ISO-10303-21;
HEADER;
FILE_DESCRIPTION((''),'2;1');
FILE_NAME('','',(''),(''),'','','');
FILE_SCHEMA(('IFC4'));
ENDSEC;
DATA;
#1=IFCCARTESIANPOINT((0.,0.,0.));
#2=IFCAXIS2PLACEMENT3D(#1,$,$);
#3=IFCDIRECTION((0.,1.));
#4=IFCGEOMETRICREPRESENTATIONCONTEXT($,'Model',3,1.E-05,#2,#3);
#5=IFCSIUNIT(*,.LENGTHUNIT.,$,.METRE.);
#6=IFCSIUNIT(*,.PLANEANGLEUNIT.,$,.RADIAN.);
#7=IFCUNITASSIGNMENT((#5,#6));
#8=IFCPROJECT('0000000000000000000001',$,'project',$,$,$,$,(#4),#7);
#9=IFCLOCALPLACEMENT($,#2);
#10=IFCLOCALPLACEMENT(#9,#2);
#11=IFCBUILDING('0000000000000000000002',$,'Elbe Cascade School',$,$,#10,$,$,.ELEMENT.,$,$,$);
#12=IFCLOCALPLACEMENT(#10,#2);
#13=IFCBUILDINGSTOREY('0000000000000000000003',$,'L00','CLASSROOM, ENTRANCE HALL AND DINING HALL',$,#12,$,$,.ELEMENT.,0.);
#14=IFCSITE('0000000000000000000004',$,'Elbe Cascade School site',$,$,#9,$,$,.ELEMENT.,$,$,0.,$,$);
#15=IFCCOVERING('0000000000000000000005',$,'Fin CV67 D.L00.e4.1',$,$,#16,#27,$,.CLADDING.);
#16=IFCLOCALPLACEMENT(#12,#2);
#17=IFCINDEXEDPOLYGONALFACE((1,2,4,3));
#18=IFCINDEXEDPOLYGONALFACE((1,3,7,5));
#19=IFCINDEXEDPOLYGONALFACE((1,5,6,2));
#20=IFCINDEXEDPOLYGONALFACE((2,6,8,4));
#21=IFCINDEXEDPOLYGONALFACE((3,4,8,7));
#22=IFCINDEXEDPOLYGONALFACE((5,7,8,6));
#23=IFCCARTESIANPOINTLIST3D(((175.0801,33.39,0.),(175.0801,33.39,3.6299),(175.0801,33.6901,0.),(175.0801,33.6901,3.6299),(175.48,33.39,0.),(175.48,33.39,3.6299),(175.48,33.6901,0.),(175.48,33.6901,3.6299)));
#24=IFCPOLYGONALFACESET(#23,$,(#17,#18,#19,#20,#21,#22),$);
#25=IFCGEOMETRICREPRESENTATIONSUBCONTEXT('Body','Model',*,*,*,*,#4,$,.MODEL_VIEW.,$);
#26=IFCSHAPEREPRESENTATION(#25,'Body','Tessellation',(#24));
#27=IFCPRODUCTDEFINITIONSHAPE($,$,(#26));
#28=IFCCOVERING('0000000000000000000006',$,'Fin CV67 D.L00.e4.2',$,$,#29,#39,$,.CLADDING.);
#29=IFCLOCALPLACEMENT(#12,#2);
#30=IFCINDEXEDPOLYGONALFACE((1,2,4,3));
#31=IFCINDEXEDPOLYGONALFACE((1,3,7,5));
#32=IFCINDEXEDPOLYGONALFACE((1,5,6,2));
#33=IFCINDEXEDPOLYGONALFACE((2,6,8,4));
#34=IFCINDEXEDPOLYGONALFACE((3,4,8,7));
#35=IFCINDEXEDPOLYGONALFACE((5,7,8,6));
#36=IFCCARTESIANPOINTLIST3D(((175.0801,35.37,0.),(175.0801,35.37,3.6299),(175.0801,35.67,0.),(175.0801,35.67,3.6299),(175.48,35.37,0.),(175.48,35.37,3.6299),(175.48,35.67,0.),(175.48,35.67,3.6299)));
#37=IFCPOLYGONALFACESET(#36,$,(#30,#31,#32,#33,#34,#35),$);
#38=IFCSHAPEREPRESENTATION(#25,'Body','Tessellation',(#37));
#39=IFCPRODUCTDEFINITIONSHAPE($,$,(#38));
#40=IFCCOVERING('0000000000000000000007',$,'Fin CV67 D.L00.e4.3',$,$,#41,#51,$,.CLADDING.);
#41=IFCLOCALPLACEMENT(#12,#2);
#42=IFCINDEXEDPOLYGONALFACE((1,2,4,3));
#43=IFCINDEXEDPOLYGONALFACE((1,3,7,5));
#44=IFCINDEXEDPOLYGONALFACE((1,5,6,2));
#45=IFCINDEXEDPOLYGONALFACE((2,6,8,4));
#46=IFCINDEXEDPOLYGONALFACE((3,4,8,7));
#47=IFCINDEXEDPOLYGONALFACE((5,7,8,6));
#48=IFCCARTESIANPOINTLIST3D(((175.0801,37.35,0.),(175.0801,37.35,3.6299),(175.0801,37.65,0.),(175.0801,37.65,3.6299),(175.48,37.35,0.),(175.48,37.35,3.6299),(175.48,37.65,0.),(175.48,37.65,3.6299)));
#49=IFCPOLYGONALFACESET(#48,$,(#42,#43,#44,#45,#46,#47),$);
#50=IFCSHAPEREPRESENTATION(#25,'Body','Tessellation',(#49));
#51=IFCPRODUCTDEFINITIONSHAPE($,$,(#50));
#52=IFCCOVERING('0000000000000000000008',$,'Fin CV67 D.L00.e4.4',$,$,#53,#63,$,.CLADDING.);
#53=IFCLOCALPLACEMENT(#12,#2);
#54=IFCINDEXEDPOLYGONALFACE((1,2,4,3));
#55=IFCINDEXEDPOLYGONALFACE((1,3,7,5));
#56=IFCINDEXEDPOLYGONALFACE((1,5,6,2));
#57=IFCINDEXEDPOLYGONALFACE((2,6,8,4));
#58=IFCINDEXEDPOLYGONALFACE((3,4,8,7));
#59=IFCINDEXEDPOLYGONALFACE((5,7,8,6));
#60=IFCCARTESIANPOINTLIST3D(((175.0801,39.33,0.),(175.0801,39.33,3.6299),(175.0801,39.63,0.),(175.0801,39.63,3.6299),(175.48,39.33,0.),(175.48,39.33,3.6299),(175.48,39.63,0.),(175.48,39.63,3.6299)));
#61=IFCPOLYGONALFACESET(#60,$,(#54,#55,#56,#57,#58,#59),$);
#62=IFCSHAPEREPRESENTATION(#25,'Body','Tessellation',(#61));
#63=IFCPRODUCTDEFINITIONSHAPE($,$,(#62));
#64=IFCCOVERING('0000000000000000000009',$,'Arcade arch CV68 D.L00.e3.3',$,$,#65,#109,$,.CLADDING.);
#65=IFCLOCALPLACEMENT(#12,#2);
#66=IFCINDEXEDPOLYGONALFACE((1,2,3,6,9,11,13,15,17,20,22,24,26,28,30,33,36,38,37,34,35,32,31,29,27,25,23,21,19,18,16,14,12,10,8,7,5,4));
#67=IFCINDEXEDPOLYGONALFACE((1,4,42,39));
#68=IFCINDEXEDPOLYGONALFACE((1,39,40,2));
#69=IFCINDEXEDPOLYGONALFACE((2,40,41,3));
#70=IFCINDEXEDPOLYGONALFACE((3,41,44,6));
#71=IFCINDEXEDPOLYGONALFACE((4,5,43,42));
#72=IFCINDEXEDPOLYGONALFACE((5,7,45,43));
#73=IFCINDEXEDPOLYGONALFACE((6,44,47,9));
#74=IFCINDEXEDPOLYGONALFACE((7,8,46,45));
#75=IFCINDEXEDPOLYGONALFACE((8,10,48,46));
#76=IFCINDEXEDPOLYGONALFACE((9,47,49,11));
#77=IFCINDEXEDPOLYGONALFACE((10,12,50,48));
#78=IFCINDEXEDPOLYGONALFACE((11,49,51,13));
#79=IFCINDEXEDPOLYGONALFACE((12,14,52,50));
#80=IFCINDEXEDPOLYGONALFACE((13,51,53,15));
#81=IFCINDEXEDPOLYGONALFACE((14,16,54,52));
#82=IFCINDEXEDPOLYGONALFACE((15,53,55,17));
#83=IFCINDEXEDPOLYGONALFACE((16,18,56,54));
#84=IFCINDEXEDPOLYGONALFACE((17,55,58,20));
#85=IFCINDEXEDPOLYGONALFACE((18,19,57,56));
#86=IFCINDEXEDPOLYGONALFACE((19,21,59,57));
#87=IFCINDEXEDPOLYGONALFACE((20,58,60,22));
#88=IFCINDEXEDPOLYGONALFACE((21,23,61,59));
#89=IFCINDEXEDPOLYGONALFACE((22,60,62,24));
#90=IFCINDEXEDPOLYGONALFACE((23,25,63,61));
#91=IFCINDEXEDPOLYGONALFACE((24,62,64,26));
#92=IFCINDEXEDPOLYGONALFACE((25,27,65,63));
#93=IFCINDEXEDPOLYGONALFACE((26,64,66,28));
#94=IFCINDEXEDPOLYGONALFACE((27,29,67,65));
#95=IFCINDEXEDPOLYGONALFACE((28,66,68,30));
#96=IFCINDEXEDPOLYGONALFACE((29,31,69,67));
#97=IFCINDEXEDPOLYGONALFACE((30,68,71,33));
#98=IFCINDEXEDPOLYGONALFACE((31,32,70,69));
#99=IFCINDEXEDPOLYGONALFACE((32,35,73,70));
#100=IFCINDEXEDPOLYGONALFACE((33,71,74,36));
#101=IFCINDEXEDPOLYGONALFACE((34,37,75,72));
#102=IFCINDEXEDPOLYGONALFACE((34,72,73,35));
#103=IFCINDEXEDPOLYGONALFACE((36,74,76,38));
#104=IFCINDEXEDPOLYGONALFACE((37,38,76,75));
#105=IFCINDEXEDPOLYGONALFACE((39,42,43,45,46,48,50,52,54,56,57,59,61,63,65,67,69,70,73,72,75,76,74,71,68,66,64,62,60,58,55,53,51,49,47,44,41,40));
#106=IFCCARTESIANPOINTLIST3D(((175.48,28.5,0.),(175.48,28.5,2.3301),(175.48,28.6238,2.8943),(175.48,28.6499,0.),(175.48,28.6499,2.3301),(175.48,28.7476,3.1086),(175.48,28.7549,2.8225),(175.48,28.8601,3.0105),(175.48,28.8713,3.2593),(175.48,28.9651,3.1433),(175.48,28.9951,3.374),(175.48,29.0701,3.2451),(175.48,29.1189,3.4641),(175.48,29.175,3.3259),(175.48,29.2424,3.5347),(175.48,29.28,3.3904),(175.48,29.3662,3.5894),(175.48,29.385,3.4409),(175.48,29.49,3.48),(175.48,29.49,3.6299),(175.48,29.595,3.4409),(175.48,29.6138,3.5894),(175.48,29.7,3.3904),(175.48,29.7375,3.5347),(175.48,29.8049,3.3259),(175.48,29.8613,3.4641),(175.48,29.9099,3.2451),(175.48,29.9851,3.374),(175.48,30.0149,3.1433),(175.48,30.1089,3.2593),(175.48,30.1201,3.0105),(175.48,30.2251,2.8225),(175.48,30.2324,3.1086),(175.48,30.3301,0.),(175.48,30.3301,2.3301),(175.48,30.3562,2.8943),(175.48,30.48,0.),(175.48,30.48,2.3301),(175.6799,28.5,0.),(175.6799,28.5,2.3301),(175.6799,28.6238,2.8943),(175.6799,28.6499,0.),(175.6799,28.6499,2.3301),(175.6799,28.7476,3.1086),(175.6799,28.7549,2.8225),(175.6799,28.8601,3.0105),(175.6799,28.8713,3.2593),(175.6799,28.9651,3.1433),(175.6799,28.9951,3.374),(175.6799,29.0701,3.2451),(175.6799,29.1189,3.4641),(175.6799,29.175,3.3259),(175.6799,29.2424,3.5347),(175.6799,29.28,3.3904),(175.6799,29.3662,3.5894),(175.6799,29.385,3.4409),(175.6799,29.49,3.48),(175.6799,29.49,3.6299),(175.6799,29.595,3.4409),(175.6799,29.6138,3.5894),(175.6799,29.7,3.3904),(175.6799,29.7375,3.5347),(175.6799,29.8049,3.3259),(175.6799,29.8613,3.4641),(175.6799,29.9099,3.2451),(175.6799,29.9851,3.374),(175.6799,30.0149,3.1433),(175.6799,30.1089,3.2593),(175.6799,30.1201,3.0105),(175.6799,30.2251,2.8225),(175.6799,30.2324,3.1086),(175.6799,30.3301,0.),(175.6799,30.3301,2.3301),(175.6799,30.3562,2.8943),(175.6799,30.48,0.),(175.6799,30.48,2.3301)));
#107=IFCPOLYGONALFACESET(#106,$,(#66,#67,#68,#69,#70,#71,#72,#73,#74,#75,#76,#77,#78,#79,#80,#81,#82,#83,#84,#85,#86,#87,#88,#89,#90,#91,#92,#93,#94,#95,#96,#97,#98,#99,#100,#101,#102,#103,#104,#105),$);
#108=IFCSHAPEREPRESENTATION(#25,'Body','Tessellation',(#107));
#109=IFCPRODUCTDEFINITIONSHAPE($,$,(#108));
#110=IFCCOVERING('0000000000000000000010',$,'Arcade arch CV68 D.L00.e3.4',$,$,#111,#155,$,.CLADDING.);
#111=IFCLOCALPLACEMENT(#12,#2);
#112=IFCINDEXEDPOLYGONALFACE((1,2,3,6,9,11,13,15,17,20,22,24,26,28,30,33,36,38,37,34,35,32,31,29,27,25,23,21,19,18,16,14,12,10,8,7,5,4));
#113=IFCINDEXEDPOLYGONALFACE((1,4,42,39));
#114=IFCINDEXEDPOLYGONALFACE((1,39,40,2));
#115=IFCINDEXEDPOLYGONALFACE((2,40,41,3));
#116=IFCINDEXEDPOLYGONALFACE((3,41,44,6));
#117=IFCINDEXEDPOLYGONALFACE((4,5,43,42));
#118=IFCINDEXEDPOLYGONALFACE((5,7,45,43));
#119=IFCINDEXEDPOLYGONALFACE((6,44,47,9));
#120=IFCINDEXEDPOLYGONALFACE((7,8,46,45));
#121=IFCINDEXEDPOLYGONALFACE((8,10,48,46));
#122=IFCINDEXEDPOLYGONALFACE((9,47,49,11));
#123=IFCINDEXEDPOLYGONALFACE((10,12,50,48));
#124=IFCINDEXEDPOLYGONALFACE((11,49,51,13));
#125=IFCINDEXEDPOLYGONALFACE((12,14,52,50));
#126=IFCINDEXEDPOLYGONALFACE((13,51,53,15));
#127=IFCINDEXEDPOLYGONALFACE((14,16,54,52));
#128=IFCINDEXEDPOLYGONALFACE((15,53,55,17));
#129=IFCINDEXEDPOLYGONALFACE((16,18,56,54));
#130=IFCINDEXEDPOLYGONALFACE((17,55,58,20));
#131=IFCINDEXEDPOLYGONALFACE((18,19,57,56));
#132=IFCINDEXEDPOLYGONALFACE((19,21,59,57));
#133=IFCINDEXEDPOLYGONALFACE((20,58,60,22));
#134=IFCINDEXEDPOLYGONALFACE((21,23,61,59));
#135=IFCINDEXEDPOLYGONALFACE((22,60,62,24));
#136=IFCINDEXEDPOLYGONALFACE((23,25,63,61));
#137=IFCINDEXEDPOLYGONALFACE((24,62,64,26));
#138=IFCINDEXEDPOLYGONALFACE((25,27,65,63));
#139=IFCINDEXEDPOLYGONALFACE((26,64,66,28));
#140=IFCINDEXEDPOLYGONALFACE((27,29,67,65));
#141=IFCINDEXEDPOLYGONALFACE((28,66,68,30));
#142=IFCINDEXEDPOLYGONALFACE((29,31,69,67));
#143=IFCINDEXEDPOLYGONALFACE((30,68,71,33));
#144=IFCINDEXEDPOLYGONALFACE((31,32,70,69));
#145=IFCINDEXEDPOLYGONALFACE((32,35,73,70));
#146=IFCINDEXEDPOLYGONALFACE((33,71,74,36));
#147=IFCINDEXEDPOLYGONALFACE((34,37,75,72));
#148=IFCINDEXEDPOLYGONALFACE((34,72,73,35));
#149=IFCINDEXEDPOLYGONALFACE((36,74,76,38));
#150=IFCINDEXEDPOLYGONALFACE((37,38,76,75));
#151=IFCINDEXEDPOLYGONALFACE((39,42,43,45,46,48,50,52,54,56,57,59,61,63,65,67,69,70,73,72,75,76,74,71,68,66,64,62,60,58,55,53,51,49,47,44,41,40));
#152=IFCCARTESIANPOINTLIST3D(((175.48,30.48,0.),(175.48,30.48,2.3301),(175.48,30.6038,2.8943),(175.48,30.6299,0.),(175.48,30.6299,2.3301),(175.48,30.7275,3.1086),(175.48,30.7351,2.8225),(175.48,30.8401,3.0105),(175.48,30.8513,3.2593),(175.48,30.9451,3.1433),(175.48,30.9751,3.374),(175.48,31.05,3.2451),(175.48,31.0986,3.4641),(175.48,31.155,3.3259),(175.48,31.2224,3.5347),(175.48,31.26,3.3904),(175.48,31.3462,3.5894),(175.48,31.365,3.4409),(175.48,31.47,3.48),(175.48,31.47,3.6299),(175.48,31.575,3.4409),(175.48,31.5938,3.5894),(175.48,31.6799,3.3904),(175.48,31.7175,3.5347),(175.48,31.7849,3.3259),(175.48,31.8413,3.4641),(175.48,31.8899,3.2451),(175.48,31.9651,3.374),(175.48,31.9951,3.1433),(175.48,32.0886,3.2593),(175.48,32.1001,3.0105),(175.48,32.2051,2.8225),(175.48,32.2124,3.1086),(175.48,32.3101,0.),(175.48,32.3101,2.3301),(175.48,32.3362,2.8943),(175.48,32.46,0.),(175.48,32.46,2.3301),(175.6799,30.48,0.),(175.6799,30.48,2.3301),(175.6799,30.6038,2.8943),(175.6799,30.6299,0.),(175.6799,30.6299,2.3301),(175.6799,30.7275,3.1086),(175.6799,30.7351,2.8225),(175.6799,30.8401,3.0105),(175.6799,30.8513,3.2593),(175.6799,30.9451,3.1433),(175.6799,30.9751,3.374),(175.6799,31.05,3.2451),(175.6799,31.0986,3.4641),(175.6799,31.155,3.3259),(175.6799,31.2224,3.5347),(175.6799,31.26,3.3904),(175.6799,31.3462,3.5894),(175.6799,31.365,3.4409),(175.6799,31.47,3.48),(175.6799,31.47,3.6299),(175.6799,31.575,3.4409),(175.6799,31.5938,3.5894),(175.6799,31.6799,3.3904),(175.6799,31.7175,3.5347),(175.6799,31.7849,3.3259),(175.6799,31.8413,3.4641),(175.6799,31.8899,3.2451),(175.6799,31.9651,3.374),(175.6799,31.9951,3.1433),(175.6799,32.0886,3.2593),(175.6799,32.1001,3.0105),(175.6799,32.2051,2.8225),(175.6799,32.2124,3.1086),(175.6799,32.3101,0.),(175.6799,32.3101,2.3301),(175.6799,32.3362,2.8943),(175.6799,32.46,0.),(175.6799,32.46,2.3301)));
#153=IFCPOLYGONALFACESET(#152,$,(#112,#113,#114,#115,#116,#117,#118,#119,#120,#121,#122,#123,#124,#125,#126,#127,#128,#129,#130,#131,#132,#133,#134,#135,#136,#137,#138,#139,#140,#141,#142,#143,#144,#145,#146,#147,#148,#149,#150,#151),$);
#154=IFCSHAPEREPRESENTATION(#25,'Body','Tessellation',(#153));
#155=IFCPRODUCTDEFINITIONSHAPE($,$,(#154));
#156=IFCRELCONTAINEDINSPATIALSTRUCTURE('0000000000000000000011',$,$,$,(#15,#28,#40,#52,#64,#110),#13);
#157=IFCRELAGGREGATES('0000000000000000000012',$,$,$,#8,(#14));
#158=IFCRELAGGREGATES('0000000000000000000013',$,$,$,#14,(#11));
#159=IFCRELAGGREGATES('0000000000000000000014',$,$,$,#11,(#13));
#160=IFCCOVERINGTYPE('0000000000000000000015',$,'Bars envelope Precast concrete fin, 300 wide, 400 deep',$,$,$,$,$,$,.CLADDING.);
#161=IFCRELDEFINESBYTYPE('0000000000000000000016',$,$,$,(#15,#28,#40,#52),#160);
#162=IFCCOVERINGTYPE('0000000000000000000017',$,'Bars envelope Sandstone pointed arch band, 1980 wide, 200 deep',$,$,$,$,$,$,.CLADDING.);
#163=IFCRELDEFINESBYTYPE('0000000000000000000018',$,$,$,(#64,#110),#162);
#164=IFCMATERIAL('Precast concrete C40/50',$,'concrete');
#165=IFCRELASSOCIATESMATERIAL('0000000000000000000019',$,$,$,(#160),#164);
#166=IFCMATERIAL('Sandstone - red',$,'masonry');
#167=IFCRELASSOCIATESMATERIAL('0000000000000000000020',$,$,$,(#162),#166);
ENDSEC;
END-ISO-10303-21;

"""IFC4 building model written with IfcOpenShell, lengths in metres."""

from ifc_helpers import new_model, si_unit, direction, frame, origin, origin_2d, place, context, subcontext, project, spatial, polyline, rectangle, outline, extrude, material, type_object, element, save


model = new_model("IFC4")

# Units and contexts
model_context = context("Model", 3, precision=1e-05, world=origin(), true_north=direction((0.0, 1.0)))
body_context = subcontext(model_context, "Body", "Model", "MODEL_VIEW")
ifc_project = project(units=[si_unit("LENGTHUNIT", "METRE"), si_unit("PLANEANGLEUNIT", "RADIAN")], contexts=[model_context])

# Site, building, storey
site_placement = place(None, origin())
site = spatial("IfcSite", under=ifc_project, at=site_placement, Name="Elbe Cascade School site", CompositionType="ELEMENT", RefElevation=0.0)
building_placement = place(site_placement, origin())
building = spatial("IfcBuilding", under=site, at=building_placement, Name="Elbe Cascade School", CompositionType="ELEMENT")
storey_placement = place(building_placement, origin())
storey = spatial("IfcBuildingStorey", under=building, at=storey_placement, Name="L00", Description="CLASSROOM, ENTRANCE HALL AND DINING HALL", CompositionType="ELEMENT", Elevation=0.0)

# Coverings
ifc_material_1 = material(Name="Precast concrete C40/50", Category="concrete")
covering_type_1 = type_object("IfcCoveringType", Name="Bars envelope Precast concrete fin, 300 wide, 400 deep", PredefinedType="CLADDING", material=ifc_material_1)
for number, where, z_axis, x_axis, name in (
    (1, (175.28, 33.54, 0.0), (0.0, 0.0, 1.0), (0.0, 1.0, 0.0), "Fin CV67 D.L00.e4.1"),
    (2, (175.28, 35.52, 0.0), (0.0, 0.0, 1.0), (0.0, 1.0, 0.0), "Fin CV67 D.L00.e4.2"),
    (3, (175.28, 37.5, 0.0), (0.0, 0.0, 1.0), (0.0, 1.0, 0.0), "Fin CV67 D.L00.e4.3"),
    (4, (175.28, 39.48, 0.0), (0.0, 0.0, 1.0), (0.0, 1.0, 0.0), "Fin CV67 D.L00.e4.4"),
):
    element("IfcCovering", number, at=place(storey_placement, frame(where, z_axis=z_axis, x_axis=x_axis)), inside=storey, type_object=covering_type_1, Name=name, PredefinedType="CLADDING", context=body_context, shape_type="SweptSolid", body=[
        extrude(rectangle(XDim=0.3, YDim=0.3999, at=origin_2d()), origin(), (0.0, 0.0, 1.0), 3.6299),
    ])
ifc_material_2 = material(Name="Sandstone - red", Category="masonry")
covering_type_2 = type_object("IfcCoveringType", Name="Bars envelope Sandstone pointed arch band, 1980 wide, 200 deep", PredefinedType="CLADDING", material=ifc_material_2)
covering_1_placement = place(storey_placement, frame((175.6799, 28.6499, 0.0), z_axis=(1.0, 0.0, 0.0), x_axis=(0.0, 0.0, 1.0)))
element("IfcCovering", 5, at=covering_1_placement, inside=storey, type_object=covering_type_2, Name="Arcade arch CV68 D.L00.e3.3", PredefinedType="CLADDING", context=body_context, shape_type="SweptSolid", body=[
    extrude(outline(polyline([(0.0, 0.0), (2.3301, 0.0), (2.8225, -0.105), (3.0105, -0.2102), (3.1433, -0.3152), (3.2451, -0.4202), (3.3259, -0.5251), (3.3904, -0.6301), (3.4409, -0.7351), (3.48, -0.8401), (3.4409, -0.9451), (3.3904, -1.05), (3.3259, -1.155), (3.2451, -1.26), (3.1433, -1.365), (3.0105, -1.4702), (2.8225, -1.5752), (2.3301, -1.6802), (0.0, -1.6802), (0.0, -1.8301), (2.3301, -1.8301), (2.8943, -1.7063), (3.1086, -1.5825), (3.2593, -1.459), (3.374, -1.3352), (3.4641, -1.2114), (3.5347, -1.0876), (3.5894, -0.9639), (3.6299, -0.8401), (3.5894, -0.7163), (3.5347, -0.5925), (3.4641, -0.469), (3.374, -0.3452), (3.2593, -0.2214), (3.1086, -0.0977), (2.8943, 0.0261), (2.3301, 0.1499), (0.0, 0.1499), (0.0, 0.0)])), origin(), (0.0, 0.0, -1.0), 0.2),
])
covering_2_placement = place(storey_placement, frame((175.6799, 30.6299, 0.0), z_axis=(1.0, 0.0, 0.0), x_axis=(0.0, 0.0, 1.0)))
element("IfcCovering", 6, at=covering_2_placement, inside=storey, type_object=covering_type_2, Name="Arcade arch CV68 D.L00.e3.4", PredefinedType="CLADDING", context=body_context, shape_type="SweptSolid", body=[
    extrude(outline(polyline([(0.0, 0.0), (2.3301, 0.0), (2.8225, -0.1052), (3.0105, -0.2102), (3.1433, -0.3152), (3.2451, -0.4202), (3.3259, -0.5251), (3.3904, -0.6301), (3.4409, -0.7351), (3.48, -0.8401), (3.4409, -0.9451), (3.3904, -1.05), (3.3259, -1.155), (3.2451, -1.26), (3.1433, -1.3652), (3.0105, -1.4702), (2.8225, -1.5752), (2.3301, -1.6802), (0.0, -1.6802), (0.0, -1.8301), (2.3301, -1.8301), (2.8943, -1.7063), (3.1086, -1.5825), (3.2593, -1.4587), (3.374, -1.3352), (3.4641, -1.2114), (3.5347, -1.0876), (3.5894, -0.9639), (3.6299, -0.8401), (3.5894, -0.7163), (3.5347, -0.5925), (3.4641, -0.4688), (3.374, -0.3452), (3.2593, -0.2214), (3.1086, -0.0977), (2.8943, 0.0261), (2.3301, 0.1499), (0.0, 0.1499), (0.0, 0.0)])), origin(), (0.0, 0.0, -1.0), 0.2),
])

save(model, "model.ifc")
